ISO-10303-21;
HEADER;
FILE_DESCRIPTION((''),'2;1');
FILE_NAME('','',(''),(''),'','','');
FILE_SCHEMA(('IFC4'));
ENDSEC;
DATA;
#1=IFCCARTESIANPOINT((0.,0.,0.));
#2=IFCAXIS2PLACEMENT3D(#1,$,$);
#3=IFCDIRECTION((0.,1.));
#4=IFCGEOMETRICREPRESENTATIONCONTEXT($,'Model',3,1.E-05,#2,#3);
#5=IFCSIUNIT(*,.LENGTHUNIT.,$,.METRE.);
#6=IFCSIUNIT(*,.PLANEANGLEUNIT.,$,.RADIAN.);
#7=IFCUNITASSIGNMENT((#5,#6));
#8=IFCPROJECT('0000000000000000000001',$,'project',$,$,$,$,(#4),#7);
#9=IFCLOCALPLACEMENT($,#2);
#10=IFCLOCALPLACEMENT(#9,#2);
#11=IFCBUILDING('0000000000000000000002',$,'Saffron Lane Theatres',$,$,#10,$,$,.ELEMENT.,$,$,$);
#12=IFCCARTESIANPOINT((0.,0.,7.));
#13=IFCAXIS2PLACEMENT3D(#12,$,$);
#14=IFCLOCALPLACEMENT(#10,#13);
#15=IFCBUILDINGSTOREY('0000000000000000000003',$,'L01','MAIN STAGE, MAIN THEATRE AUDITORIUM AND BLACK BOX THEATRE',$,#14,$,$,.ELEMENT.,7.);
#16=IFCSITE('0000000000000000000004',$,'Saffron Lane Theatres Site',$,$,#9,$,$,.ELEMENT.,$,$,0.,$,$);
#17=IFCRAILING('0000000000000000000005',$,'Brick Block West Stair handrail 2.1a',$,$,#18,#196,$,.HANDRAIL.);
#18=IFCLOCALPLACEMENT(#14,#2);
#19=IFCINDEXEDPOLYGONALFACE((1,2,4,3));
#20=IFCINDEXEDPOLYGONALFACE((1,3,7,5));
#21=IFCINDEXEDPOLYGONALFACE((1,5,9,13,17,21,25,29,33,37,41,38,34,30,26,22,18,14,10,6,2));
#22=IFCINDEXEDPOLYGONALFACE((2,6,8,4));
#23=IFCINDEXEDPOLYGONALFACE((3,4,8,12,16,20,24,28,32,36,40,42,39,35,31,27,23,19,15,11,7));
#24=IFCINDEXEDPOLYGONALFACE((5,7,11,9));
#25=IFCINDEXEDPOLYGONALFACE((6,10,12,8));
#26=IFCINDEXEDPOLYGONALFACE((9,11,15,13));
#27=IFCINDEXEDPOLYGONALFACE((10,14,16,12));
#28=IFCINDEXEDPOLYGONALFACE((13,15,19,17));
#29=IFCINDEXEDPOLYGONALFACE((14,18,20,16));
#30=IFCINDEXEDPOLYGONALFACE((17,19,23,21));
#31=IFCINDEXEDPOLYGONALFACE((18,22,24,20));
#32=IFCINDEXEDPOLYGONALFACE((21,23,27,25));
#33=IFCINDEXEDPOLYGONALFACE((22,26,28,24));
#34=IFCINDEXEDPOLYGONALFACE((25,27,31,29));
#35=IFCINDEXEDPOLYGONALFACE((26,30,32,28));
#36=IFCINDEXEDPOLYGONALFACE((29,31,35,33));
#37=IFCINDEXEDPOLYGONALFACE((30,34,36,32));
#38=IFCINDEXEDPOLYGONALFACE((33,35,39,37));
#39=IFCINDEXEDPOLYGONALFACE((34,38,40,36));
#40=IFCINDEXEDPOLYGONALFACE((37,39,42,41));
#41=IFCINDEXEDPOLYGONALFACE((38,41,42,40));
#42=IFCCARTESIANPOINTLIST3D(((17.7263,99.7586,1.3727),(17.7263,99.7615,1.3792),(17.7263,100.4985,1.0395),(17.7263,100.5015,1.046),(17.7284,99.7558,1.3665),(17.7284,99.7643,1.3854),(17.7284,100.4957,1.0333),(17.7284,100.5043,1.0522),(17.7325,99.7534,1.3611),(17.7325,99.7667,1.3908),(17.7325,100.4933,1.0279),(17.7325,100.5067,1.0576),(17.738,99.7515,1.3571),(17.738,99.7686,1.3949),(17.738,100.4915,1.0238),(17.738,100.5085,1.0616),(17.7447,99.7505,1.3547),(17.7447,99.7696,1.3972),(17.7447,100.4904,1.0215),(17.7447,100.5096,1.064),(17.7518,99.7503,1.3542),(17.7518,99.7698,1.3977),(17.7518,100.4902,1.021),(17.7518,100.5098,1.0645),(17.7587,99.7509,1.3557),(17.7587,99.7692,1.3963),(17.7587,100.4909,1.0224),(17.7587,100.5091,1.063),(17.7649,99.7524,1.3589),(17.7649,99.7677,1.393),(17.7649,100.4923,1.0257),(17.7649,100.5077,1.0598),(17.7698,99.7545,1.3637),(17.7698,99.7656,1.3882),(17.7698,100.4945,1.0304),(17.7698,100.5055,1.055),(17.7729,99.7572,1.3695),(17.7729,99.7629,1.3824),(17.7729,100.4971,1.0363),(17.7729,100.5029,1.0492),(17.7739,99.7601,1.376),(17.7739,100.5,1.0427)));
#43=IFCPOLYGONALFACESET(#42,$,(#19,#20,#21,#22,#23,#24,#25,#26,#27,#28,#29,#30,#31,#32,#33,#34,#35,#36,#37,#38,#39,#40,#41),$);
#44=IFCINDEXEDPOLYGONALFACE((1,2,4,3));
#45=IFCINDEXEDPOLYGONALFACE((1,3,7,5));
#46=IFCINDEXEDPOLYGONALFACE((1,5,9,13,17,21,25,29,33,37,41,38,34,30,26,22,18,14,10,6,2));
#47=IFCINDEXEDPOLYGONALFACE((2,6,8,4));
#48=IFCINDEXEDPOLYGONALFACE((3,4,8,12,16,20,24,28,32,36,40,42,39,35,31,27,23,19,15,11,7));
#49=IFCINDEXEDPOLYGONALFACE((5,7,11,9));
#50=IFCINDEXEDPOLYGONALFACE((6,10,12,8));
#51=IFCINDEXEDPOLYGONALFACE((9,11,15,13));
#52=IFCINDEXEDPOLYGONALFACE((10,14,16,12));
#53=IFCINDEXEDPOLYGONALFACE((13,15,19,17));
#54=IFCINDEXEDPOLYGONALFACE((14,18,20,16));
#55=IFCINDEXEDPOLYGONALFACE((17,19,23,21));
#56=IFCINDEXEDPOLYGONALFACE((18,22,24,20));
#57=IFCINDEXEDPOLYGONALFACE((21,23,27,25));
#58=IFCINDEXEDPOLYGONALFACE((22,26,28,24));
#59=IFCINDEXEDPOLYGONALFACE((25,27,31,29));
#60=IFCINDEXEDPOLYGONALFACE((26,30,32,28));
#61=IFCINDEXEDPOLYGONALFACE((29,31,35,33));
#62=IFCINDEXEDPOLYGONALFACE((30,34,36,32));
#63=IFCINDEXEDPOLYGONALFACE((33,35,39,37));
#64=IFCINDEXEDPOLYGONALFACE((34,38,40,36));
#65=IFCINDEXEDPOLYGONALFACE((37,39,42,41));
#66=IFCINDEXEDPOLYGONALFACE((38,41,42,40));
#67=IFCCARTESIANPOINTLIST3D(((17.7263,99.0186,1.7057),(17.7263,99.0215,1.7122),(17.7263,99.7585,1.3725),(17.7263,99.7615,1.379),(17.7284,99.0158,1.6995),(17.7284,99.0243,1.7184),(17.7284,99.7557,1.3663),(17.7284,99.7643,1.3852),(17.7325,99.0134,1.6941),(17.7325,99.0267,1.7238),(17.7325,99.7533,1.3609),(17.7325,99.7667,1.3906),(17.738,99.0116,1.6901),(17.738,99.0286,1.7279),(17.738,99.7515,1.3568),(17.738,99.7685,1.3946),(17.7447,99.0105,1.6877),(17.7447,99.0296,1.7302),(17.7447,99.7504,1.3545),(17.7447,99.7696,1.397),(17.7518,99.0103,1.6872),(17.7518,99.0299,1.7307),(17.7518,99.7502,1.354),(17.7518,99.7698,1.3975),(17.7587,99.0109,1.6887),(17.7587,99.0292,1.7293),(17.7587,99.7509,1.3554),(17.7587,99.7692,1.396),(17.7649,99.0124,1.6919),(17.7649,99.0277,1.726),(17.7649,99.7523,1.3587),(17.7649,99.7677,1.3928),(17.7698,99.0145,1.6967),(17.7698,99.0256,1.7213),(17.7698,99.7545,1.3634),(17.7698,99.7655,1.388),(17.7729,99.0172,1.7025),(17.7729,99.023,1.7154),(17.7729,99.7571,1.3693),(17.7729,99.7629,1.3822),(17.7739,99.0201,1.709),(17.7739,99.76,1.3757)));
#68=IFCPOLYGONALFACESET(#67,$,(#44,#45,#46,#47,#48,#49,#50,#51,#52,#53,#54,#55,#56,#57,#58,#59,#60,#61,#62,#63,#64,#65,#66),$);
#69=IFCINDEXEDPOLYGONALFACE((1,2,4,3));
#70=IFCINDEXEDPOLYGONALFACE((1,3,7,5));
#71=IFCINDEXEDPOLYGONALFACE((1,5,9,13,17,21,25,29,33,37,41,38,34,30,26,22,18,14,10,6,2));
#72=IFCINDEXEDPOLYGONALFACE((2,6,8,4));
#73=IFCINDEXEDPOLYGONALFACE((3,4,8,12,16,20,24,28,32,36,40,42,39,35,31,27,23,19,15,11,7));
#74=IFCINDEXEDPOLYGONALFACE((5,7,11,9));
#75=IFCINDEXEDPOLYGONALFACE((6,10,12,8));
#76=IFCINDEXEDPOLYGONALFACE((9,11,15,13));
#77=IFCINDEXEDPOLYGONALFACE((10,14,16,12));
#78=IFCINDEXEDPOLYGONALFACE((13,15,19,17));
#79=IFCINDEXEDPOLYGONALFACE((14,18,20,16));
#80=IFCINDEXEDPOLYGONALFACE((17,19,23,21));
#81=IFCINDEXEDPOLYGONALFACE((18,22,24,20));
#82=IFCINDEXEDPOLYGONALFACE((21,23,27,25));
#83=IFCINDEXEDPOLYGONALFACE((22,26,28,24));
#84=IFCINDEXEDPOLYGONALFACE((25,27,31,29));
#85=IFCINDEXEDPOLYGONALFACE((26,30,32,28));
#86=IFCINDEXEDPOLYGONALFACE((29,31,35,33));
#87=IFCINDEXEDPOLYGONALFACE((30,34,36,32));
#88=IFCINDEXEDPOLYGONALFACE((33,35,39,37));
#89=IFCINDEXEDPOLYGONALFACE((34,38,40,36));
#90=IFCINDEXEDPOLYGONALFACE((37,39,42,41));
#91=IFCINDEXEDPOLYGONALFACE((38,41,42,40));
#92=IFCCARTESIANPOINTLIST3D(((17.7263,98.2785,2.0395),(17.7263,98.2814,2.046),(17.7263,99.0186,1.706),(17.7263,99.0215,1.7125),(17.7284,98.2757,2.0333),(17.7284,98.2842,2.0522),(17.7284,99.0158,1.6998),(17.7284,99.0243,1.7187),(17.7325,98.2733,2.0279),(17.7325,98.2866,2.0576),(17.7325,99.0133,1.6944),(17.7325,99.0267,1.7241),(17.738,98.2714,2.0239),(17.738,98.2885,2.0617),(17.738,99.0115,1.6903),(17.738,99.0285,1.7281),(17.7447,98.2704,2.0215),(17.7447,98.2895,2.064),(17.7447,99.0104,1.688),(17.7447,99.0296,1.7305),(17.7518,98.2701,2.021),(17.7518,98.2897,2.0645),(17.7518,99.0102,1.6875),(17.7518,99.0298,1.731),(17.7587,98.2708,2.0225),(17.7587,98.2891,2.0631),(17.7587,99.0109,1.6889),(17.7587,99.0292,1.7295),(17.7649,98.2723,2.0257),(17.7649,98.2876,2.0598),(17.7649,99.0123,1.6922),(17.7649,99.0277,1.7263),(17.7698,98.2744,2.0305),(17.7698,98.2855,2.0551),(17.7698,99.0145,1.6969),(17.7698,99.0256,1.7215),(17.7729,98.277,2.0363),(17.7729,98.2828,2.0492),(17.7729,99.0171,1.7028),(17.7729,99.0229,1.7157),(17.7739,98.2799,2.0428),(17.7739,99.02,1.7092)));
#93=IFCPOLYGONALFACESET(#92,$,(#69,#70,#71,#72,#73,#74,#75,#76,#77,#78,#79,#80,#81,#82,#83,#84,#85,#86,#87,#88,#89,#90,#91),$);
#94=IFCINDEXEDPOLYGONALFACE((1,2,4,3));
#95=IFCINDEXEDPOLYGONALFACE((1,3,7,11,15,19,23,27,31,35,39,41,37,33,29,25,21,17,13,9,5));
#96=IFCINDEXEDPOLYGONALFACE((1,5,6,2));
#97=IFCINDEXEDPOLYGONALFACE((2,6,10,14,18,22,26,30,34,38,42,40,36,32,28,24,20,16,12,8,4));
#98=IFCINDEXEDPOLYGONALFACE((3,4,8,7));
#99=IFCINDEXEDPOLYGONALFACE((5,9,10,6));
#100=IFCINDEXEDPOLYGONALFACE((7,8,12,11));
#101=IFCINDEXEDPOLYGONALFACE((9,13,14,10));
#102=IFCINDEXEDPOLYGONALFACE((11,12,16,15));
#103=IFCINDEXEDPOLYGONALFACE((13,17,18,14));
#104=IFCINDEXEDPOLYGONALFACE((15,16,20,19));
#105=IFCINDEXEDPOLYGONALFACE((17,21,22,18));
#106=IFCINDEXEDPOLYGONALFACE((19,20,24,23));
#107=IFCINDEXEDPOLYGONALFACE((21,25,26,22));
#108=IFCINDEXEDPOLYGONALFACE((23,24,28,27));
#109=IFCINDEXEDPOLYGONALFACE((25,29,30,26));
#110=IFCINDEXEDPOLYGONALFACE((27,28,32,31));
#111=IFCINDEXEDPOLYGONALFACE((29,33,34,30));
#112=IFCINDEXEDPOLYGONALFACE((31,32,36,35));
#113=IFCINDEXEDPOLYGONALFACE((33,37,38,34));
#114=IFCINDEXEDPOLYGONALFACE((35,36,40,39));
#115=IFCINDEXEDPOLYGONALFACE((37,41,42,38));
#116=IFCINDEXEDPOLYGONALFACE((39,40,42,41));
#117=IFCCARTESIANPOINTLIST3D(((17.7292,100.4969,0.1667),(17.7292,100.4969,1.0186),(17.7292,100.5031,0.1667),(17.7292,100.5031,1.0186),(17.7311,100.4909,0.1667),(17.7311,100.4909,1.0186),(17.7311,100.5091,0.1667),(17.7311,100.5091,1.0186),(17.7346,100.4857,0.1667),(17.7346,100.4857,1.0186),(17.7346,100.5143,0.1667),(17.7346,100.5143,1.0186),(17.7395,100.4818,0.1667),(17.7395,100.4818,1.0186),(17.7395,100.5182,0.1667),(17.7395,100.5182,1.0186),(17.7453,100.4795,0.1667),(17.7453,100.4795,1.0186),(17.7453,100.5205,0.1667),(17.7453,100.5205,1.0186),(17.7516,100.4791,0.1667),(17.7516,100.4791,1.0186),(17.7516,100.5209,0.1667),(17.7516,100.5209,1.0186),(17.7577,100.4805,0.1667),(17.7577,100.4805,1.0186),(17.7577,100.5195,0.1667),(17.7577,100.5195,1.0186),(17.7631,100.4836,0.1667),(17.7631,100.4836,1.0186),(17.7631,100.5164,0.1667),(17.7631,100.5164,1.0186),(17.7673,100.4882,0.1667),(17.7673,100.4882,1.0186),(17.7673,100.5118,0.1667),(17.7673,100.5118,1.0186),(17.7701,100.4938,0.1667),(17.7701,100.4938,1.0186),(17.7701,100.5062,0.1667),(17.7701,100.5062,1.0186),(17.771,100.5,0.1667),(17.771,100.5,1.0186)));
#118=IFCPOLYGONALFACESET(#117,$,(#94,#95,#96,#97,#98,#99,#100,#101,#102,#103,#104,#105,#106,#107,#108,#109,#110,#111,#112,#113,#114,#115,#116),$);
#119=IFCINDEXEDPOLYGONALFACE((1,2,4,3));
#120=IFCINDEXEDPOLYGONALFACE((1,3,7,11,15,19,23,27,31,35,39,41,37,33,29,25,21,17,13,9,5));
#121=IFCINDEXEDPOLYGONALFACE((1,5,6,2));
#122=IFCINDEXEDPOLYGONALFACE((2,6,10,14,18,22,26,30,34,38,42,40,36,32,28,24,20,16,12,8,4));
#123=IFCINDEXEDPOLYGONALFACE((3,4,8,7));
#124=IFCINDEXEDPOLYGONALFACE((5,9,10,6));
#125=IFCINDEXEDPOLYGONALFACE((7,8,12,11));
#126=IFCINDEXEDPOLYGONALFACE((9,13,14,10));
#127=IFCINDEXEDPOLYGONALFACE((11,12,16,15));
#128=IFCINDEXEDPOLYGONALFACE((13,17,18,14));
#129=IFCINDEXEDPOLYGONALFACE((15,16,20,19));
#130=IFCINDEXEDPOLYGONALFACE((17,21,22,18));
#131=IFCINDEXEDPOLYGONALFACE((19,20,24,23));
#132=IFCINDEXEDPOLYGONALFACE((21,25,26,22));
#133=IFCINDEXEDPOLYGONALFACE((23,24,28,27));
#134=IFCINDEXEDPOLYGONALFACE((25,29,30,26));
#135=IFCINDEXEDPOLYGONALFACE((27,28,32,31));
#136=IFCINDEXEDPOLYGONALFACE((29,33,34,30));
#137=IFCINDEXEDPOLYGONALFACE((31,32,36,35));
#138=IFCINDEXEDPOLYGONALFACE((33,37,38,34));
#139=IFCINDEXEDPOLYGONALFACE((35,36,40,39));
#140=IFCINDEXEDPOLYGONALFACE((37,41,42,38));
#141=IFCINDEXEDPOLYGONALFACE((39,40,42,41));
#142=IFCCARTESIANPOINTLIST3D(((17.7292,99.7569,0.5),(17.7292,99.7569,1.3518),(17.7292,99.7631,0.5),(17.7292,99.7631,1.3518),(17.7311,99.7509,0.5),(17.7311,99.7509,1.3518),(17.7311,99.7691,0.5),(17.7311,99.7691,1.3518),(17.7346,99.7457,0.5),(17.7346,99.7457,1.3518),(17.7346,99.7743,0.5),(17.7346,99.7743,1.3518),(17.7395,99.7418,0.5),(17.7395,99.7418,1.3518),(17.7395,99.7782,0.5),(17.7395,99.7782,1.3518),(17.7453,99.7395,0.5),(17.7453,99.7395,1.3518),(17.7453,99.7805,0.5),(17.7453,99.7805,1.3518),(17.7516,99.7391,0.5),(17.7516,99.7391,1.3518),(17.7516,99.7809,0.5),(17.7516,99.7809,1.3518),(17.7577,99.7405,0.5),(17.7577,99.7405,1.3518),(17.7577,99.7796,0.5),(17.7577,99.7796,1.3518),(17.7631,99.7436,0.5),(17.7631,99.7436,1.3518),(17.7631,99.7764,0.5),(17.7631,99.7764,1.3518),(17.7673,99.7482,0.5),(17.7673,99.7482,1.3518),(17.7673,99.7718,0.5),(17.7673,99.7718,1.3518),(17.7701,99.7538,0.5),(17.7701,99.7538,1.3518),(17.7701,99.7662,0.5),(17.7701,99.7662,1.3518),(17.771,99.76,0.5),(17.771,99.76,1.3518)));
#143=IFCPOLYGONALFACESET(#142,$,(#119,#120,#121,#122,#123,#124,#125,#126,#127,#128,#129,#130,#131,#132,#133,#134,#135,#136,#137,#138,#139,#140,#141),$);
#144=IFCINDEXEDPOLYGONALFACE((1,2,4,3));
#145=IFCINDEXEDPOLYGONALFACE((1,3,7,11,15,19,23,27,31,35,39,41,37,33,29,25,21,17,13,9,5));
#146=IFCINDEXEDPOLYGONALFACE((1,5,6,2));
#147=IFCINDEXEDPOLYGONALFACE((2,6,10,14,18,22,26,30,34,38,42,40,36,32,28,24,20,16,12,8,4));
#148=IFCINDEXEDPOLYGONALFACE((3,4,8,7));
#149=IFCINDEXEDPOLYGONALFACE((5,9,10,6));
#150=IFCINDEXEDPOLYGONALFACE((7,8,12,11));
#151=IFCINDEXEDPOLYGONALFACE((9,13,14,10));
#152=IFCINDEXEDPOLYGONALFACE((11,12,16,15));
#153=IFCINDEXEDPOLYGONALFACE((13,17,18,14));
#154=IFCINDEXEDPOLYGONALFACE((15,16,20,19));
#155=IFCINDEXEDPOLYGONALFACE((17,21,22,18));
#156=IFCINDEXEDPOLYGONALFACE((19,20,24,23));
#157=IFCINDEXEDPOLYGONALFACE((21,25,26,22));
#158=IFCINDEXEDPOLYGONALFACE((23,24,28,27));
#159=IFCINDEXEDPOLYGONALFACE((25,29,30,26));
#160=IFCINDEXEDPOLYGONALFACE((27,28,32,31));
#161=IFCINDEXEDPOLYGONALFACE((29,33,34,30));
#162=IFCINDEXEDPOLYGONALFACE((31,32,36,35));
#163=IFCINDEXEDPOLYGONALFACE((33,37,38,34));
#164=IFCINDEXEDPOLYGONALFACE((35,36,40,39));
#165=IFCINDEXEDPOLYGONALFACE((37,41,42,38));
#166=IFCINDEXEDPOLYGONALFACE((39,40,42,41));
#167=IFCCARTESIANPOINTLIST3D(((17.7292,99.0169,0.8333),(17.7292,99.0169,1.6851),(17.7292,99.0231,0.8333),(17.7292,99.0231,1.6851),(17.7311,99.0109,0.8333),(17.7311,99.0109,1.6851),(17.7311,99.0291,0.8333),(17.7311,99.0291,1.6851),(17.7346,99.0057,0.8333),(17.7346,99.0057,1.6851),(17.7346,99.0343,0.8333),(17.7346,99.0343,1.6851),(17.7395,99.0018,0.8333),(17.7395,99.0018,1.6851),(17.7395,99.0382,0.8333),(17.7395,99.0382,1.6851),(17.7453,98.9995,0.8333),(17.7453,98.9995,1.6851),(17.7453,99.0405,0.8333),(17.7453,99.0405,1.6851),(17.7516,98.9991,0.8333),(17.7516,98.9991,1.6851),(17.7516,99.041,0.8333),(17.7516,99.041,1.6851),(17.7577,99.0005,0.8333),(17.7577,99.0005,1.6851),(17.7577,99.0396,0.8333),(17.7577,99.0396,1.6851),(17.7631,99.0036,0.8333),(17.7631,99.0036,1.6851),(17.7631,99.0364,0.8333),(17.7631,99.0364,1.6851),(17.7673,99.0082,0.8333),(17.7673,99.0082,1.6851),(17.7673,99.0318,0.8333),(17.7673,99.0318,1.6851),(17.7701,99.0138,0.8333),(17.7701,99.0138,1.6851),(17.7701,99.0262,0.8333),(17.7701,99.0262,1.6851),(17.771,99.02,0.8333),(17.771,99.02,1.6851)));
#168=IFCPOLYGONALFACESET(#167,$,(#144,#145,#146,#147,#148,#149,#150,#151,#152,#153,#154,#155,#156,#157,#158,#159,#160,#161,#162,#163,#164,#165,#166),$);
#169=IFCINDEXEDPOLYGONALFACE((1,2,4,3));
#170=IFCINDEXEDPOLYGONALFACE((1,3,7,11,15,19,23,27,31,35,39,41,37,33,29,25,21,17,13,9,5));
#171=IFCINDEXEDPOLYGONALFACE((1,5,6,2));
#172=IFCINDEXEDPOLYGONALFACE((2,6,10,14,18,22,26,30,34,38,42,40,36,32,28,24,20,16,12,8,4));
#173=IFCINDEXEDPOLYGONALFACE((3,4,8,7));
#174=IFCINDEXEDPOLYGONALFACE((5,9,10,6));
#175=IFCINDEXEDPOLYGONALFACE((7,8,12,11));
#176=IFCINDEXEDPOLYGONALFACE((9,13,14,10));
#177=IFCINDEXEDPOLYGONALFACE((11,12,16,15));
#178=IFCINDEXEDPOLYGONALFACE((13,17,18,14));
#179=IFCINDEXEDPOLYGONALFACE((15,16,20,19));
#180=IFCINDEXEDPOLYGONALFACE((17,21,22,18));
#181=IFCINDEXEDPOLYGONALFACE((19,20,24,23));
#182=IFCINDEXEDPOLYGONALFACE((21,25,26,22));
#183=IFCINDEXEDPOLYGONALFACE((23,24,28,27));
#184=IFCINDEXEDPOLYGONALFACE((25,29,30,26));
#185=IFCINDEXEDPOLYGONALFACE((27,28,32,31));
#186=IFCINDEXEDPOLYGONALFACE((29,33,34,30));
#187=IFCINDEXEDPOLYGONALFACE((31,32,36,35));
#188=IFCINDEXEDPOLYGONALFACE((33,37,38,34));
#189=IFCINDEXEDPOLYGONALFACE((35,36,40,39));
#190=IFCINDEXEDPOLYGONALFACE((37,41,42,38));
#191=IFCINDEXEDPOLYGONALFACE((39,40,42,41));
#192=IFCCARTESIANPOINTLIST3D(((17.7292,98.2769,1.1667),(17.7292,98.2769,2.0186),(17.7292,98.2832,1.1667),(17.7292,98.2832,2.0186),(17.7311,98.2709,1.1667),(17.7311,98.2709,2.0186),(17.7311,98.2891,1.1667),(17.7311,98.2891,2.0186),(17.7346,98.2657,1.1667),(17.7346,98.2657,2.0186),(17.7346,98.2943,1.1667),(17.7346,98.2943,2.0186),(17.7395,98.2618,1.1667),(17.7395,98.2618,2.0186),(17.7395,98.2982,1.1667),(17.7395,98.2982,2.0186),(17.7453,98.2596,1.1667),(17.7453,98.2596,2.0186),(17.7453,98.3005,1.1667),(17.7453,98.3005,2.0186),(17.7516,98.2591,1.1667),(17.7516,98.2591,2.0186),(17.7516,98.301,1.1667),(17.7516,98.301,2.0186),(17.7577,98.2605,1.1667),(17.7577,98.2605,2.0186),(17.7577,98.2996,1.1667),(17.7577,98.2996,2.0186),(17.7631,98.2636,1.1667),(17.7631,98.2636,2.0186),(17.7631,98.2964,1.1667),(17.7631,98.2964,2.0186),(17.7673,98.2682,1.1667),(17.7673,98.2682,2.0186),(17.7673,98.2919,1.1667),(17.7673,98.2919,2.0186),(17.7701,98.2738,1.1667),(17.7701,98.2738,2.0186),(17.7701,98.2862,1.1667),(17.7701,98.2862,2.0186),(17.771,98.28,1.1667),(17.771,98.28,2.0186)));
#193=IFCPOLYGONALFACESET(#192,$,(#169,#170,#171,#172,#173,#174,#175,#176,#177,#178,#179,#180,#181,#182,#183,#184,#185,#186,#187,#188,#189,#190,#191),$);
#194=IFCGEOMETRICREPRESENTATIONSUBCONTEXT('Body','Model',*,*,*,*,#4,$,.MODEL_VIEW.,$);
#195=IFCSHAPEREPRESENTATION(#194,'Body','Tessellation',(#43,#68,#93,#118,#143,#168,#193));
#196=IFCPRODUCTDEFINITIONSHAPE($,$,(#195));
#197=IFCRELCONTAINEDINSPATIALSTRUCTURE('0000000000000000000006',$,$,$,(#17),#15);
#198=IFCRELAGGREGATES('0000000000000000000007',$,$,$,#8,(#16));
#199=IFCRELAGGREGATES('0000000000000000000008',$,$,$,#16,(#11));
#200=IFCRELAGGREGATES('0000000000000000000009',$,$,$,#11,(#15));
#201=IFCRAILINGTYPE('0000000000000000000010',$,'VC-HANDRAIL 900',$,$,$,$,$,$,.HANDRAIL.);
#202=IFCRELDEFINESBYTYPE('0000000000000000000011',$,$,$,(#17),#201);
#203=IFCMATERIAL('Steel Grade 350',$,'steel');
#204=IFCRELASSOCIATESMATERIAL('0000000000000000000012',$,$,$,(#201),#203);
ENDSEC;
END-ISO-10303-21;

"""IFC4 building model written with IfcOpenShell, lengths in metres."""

from ifc_helpers import new_model, si_unit, direction, frame, origin, origin_2d, place, context, subcontext, project, spatial, circle, extrude, material, type_object, element, save


model = new_model("IFC4")

# Units and contexts
model_context = context("Model", 3, precision=1e-05, world=origin(), true_north=direction((0.0, 1.0)))
body_context = subcontext(model_context, "Body", "Model", "MODEL_VIEW")
ifc_project = project(units=[si_unit("LENGTHUNIT", "METRE"), si_unit("PLANEANGLEUNIT", "RADIAN")], contexts=[model_context])

# Site, building, storey
site_placement = place(None, origin())
site = spatial("IfcSite", under=ifc_project, at=site_placement, Name="Saffron Lane Theatres Site", CompositionType="ELEMENT", RefElevation=0.0)
building_placement = place(site_placement, origin())
building = spatial("IfcBuilding", under=site, at=building_placement, Name="Saffron Lane Theatres", CompositionType="ELEMENT")
storey_placement = place(building_placement, frame((0.0, 0.0, 7.0)))
storey = spatial("IfcBuildingStorey", under=building, at=storey_placement, Name="L01", Description="MAIN STAGE, MAIN THEATRE AUDITORIUM AND BLACK BOX THEATRE", CompositionType="ELEMENT", Elevation=7.0)

# Railing
ifc_material_1 = material(Name="Steel Grade 350", Category="steel")
railing_type_1 = type_object("IfcRailingType", Name="VC-HANDRAIL 900", PredefinedType="HANDRAIL", material=ifc_material_1)
for number, where, name in (
    (1, (17.75, 100.5, 0.1667), "Brick Block West Stair handrail 2.1a"),
):
    element("IfcRailing", number, at=place(storey_placement, frame(where)), inside=storey, type_object=railing_type_1, Name=name, PredefinedType="HANDRAIL", context=body_context, shape_type="SweptSolid", body=[
        extrude(circle(Radius=0.0239, at=origin_2d()), frame((0.0, 0.0, 0.876), z_axis=(0.0, -0.911803, 0.410627), x_axis=(1.0, 0.0, 0.0)), (0.0, 0.0, 1.0), 0.8115),
        extrude(circle(Radius=0.0239, at=origin_2d()), frame((0.0, -0.74, 1.209), z_axis=(0.0, -0.911803, 0.410627), x_axis=(1.0, 0.0, 0.0)), (0.0, 0.0, 1.0), 0.8115),
        extrude(circle(Radius=0.0239, at=origin_2d()), frame((0.0, -1.48, 1.5425), z_axis=(0.0, -0.911691, 0.410877), x_axis=(1.0, 0.0, 0.0)), (0.0, 0.0, 1.0), 0.8118),
        extrude(circle(Radius=0.021, at=origin_2d()), origin(), (0.0, 0.0, 1.0), 0.8518),
        extrude(circle(Radius=0.021, at=origin_2d()), frame((0.0, -0.74, 0.3333)), (0.0, 0.0, 1.0), 0.8518),
        extrude(circle(Radius=0.021, at=origin_2d()), frame((0.0, -1.48, 0.6665)), (0.0, 0.0, 1.0), 0.8518),
        extrude(circle(Radius=0.021, at=origin_2d()), frame((0.0, -2.22, 1.0)), (0.0, 0.0, 1.0), 0.8518),
    ])

save(model, "model.ifc")
